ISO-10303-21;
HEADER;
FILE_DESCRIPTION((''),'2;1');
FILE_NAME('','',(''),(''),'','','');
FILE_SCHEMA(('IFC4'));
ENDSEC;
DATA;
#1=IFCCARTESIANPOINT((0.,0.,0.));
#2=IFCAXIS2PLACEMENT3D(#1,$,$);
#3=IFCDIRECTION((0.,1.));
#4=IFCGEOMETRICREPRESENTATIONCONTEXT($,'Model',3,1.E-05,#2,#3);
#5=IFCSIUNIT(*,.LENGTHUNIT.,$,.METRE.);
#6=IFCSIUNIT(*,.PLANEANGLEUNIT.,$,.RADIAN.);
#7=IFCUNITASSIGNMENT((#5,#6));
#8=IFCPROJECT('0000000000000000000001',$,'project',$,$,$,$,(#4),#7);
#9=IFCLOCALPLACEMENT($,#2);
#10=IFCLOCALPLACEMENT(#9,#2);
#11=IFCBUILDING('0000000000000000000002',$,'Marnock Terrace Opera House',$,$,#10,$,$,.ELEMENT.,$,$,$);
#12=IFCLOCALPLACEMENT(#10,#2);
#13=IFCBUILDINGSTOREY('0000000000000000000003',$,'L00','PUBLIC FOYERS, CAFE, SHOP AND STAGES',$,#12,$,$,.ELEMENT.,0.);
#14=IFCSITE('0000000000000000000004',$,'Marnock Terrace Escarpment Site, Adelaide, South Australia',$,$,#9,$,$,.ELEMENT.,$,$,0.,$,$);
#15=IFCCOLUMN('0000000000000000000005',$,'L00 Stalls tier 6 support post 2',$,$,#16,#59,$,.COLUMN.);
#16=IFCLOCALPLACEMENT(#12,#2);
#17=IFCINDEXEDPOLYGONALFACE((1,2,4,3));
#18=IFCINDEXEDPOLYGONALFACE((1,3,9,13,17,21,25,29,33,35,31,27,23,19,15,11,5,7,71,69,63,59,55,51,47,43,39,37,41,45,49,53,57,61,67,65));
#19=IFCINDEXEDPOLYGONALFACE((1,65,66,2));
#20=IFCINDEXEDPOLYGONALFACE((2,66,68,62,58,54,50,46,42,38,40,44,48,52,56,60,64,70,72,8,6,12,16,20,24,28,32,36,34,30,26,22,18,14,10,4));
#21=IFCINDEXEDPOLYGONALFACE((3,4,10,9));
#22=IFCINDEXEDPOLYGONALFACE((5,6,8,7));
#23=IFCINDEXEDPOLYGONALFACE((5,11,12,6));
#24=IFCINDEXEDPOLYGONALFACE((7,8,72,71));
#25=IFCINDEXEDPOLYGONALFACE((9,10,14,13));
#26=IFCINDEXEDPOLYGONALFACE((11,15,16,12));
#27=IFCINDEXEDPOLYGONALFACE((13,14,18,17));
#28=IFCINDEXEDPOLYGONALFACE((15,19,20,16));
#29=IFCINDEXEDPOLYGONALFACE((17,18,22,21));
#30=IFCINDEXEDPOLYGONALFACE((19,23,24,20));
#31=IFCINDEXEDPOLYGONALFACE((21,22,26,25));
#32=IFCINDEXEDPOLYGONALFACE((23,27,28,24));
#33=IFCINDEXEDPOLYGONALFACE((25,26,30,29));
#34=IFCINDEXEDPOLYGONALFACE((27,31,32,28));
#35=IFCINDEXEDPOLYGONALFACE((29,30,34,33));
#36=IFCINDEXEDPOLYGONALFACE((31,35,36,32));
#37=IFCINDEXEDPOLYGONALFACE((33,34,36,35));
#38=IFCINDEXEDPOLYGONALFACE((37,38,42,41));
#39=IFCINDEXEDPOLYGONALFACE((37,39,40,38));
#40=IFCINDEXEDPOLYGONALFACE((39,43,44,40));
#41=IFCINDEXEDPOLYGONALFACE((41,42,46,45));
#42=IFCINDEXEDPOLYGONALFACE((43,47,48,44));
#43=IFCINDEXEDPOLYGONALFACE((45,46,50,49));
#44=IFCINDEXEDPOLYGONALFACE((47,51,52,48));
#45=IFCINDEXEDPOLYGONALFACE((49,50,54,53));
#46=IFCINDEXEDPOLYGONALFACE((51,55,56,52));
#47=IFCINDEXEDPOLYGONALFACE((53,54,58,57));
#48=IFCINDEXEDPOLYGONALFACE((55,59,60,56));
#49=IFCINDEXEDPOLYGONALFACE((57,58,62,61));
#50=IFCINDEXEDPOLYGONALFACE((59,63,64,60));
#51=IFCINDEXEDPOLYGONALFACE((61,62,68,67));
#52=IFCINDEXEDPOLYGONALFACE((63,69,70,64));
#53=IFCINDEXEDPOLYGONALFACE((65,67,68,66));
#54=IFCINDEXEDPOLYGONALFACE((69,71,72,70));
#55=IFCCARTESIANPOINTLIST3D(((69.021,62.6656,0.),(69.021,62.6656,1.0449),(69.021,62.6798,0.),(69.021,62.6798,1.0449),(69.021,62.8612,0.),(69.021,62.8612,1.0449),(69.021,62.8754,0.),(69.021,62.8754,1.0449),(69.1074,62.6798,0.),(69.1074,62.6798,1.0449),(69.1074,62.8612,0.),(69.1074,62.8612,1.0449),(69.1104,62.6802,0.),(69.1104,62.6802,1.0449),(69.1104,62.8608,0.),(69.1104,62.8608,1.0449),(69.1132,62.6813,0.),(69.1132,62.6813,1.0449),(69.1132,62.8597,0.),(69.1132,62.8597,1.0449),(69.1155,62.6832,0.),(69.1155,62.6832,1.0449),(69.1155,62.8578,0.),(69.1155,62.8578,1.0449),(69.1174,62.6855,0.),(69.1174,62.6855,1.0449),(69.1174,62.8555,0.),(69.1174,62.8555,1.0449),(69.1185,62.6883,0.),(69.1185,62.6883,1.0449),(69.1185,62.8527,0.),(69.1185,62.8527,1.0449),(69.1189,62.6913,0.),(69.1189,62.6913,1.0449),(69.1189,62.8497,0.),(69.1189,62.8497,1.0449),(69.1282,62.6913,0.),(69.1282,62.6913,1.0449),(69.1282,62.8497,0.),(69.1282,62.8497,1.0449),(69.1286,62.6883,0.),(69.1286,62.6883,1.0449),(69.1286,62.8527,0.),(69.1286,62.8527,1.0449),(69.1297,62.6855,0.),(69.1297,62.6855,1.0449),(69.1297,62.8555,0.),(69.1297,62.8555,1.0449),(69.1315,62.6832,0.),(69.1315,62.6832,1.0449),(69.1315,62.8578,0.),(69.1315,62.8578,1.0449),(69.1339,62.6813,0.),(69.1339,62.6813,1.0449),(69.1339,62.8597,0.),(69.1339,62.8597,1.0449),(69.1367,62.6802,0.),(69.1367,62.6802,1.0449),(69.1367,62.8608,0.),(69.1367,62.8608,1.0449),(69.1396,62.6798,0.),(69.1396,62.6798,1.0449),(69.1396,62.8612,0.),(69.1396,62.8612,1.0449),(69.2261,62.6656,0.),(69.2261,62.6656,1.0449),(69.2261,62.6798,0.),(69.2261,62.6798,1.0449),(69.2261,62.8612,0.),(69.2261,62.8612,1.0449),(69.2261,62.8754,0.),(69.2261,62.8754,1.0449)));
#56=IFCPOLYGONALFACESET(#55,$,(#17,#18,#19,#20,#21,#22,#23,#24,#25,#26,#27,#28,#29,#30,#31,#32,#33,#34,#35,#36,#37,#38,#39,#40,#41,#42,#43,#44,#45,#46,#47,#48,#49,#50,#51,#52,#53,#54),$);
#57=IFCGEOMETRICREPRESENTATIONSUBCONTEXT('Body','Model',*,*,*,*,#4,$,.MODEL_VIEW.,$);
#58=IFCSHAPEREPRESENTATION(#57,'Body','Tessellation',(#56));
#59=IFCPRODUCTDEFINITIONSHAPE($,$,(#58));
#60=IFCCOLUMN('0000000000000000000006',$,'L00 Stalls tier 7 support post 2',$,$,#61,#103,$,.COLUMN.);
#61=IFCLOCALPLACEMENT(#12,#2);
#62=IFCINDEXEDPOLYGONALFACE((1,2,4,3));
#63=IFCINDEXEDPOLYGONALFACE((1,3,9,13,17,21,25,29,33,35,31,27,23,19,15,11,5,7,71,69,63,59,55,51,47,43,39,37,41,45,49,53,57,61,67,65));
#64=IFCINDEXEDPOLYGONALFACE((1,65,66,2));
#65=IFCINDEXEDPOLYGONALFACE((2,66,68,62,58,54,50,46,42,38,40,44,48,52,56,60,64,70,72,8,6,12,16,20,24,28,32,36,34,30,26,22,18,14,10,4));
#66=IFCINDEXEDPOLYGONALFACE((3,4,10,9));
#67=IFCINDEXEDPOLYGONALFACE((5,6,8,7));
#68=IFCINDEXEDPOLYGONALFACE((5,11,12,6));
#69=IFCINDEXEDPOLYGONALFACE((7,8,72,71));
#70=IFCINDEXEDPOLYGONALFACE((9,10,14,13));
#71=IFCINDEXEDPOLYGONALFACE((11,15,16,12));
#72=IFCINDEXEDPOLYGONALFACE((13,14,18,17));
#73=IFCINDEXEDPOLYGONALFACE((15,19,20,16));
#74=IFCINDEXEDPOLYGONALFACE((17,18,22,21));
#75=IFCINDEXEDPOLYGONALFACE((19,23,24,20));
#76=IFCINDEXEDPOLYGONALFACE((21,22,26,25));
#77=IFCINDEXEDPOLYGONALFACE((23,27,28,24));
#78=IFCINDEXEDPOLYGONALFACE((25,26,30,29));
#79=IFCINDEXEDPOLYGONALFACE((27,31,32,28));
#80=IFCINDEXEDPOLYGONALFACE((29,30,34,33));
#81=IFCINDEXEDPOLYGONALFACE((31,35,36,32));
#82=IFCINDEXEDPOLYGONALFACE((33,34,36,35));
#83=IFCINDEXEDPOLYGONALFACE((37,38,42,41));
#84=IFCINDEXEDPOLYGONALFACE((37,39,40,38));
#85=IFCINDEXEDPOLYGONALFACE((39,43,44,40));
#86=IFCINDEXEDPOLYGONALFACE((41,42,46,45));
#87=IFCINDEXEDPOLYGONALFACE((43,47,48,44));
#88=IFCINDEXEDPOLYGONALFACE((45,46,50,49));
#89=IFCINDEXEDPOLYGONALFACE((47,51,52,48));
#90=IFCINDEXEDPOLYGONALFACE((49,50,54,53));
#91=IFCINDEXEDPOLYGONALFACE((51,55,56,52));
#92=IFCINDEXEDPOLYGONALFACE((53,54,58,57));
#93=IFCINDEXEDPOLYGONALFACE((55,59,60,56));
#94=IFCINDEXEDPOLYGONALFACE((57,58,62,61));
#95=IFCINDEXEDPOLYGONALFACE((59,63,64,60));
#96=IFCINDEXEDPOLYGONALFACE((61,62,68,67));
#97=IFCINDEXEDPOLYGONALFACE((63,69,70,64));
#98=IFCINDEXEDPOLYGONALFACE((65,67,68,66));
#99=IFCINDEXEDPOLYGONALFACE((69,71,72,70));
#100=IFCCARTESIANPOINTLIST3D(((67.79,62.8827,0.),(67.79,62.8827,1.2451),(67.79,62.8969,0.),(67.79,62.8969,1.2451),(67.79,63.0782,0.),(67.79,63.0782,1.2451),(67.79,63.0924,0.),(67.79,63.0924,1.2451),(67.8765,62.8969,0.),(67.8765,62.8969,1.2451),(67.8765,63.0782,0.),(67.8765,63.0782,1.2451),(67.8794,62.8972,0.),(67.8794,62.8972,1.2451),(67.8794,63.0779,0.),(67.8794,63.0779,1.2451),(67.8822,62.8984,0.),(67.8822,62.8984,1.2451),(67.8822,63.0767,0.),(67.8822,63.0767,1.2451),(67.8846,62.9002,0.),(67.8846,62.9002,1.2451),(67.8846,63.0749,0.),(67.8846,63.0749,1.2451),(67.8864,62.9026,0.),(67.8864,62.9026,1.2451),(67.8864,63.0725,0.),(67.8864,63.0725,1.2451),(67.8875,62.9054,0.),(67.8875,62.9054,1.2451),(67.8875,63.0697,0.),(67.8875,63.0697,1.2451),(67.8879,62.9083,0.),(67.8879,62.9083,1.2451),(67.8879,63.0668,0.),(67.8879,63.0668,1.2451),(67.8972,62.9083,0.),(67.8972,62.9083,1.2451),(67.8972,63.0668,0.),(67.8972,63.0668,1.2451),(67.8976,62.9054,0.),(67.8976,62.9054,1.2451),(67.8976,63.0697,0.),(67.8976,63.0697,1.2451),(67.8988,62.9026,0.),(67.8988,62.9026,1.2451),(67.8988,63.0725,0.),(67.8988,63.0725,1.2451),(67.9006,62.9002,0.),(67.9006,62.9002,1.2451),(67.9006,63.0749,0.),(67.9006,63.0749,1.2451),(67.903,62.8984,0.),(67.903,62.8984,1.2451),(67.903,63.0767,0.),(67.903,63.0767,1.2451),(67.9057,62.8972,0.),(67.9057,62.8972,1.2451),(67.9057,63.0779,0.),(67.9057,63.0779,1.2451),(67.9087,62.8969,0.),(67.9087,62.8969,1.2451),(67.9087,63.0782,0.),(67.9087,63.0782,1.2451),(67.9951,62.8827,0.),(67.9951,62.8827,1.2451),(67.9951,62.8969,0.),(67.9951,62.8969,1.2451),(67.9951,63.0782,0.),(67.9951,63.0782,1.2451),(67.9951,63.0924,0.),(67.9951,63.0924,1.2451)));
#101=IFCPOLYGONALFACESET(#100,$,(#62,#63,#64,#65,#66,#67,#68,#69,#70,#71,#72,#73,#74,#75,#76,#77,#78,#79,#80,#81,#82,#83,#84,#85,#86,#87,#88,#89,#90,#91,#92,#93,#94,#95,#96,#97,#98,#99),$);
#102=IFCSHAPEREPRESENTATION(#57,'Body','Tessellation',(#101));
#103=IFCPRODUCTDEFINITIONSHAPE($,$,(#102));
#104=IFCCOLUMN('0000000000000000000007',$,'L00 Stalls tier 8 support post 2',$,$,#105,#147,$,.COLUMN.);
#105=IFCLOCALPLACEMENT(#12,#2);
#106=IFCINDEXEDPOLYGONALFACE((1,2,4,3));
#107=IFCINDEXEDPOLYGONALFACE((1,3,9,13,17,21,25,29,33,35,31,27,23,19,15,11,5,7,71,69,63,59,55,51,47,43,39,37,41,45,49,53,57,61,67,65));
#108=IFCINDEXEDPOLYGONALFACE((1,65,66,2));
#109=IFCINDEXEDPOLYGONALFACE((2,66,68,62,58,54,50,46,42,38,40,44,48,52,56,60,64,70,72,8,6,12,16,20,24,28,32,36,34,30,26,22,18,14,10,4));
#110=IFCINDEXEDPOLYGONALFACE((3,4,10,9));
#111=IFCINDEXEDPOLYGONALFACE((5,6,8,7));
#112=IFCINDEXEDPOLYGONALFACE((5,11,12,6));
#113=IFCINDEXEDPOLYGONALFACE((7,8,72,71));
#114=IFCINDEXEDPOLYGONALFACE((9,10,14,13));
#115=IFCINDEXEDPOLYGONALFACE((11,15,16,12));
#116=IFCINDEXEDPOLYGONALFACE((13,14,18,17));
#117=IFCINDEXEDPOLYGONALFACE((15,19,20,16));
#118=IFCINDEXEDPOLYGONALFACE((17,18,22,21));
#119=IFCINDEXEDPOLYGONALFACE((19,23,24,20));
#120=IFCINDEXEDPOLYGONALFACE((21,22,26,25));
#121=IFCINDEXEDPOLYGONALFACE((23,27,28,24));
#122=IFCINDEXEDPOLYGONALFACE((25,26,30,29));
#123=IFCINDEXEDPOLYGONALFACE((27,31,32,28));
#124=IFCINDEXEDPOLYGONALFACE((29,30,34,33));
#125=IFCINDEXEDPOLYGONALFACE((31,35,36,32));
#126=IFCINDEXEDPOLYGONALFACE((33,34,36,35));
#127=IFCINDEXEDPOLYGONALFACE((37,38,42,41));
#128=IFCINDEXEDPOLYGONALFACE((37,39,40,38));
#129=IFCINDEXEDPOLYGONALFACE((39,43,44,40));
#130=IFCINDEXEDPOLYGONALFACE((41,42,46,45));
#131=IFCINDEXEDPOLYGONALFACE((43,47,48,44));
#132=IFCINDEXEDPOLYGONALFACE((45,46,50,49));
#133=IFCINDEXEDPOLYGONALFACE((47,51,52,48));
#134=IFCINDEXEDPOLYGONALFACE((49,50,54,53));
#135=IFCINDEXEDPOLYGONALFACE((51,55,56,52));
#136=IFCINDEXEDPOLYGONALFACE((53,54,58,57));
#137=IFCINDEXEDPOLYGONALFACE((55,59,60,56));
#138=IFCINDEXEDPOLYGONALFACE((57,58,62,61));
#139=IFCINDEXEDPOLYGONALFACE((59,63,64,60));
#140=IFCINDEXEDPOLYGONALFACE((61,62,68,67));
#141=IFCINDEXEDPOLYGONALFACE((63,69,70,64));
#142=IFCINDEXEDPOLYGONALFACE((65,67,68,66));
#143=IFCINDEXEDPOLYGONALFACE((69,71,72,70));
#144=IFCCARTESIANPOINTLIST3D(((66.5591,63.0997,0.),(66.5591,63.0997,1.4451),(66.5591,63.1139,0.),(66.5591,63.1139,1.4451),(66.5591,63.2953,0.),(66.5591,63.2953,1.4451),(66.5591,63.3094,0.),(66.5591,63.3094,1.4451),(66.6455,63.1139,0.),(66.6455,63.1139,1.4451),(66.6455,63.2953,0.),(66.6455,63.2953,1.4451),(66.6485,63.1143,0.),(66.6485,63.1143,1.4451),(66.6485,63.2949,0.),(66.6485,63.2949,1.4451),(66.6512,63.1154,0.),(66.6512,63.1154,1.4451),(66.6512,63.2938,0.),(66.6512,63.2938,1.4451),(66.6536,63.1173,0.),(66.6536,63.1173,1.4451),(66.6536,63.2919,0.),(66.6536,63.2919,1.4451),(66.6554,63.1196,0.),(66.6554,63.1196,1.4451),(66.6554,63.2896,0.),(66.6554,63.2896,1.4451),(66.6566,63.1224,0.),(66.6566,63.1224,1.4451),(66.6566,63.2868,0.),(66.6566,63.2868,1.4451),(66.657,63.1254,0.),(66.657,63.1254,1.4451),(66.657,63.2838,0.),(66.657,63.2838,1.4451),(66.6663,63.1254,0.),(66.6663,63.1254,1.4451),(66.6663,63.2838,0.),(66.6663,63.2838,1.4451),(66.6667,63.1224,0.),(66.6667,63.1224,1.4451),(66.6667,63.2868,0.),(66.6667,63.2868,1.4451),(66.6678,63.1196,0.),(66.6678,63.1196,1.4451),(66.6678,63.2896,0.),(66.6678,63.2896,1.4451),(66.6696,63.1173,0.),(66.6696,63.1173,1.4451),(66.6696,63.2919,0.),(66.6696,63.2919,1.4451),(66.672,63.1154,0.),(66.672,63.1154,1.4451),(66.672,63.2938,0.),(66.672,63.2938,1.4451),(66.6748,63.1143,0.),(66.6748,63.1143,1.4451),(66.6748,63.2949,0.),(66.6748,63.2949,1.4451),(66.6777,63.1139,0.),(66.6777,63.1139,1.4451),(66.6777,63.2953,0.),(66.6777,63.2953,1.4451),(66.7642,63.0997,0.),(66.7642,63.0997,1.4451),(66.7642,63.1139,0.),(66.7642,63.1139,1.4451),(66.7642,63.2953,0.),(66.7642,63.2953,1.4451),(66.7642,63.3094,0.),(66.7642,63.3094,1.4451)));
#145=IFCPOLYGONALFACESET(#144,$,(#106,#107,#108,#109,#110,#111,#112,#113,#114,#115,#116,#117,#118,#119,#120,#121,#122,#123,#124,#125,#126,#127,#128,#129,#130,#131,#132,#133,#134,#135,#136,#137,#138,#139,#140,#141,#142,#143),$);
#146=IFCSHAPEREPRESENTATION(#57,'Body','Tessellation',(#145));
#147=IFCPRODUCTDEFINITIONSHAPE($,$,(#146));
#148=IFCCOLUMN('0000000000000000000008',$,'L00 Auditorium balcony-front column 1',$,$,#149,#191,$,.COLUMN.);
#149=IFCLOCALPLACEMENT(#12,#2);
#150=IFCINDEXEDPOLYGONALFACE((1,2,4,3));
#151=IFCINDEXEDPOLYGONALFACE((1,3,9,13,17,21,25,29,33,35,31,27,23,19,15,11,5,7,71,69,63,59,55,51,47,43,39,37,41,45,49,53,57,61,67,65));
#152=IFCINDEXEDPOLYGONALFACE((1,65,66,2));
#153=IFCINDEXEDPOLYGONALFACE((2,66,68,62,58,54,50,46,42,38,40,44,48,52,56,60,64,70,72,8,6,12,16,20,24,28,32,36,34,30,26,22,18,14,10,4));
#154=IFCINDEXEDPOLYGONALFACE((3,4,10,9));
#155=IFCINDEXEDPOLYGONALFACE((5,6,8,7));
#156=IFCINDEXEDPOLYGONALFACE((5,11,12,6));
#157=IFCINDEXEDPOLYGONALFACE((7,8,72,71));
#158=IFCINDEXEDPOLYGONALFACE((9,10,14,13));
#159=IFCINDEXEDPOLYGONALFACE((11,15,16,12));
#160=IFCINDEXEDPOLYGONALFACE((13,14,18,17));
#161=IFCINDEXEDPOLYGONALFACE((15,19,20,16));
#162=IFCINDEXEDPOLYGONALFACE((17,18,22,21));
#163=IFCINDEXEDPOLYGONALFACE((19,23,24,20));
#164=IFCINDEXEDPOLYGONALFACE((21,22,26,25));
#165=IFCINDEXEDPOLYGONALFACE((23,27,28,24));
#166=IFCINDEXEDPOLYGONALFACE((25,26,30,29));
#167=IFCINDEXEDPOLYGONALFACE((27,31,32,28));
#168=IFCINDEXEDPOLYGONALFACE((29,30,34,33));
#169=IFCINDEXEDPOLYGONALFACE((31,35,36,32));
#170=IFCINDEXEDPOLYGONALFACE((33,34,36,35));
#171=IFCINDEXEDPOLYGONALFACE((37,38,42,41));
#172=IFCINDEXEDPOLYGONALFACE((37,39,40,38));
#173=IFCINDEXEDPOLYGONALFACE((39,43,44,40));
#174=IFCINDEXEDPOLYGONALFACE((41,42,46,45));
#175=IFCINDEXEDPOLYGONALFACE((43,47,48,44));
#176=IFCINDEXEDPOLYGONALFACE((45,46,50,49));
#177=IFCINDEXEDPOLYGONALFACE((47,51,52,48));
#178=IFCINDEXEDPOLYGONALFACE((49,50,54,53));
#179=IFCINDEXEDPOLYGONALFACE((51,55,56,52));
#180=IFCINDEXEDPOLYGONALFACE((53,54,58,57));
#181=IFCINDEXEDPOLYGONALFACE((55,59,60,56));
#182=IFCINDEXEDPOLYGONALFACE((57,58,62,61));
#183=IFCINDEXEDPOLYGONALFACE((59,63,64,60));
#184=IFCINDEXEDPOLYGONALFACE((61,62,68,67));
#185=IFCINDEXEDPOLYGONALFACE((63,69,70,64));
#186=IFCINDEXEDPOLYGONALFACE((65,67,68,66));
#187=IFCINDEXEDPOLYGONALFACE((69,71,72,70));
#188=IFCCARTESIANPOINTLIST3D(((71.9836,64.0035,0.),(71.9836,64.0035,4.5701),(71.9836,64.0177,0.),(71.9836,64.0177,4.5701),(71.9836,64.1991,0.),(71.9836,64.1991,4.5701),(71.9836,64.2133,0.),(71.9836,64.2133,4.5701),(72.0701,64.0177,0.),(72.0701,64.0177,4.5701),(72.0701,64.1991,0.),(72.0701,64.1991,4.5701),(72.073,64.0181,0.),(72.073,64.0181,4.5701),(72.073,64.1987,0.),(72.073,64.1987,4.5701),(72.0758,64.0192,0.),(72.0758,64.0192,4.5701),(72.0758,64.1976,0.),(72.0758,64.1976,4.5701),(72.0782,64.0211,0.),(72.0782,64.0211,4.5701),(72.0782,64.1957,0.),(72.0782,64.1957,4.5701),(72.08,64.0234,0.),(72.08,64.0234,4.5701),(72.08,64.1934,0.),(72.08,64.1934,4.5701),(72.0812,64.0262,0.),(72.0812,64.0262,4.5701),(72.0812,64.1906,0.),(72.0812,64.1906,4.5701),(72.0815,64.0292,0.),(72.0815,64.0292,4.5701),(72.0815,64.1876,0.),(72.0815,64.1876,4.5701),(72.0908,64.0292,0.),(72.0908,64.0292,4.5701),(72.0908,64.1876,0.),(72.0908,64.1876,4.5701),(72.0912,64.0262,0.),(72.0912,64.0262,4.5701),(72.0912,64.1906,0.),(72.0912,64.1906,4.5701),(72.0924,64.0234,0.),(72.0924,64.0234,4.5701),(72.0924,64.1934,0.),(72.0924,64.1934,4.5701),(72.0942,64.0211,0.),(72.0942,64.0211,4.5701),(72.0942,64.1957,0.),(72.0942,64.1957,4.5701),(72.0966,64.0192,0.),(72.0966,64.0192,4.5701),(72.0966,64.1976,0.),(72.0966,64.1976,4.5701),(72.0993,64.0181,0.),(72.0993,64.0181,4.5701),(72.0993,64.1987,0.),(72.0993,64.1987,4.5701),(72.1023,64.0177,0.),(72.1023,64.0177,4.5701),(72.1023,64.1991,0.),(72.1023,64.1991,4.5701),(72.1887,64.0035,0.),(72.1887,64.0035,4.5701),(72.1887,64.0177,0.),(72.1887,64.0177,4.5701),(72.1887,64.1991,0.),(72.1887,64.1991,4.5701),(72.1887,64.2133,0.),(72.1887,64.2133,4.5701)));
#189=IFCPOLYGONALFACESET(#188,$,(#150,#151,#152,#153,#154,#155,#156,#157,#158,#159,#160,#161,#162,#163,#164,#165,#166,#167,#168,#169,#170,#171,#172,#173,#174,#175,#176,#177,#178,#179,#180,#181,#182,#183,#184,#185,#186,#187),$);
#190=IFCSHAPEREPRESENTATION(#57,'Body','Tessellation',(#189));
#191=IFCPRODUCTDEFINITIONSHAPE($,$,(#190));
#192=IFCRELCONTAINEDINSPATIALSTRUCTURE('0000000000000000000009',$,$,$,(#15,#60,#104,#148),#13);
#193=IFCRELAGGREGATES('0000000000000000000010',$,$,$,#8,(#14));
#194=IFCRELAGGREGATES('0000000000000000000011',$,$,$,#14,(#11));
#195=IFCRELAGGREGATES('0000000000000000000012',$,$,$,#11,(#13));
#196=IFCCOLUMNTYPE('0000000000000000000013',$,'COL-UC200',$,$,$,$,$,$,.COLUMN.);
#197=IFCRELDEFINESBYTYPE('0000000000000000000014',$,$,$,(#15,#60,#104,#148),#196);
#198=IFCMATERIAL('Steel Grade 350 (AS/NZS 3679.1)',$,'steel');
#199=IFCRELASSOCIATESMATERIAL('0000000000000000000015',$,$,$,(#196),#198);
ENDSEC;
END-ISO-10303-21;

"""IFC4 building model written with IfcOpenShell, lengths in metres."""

from ifc_helpers import new_model, si_unit, direction, frame, origin, origin_2d, place, context, subcontext, project, spatial, i_section, extrude, material, material_profile, profile_set, type_object, element, save


model = new_model("IFC4")

# Units and contexts
model_context = context("Model", 3, precision=1e-05, world=origin(), true_north=direction((0.0, 1.0)))
body_context = subcontext(model_context, "Body", "Model", "MODEL_VIEW")
ifc_project = project(units=[si_unit("LENGTHUNIT", "METRE"), si_unit("PLANEANGLEUNIT", "RADIAN")], contexts=[model_context])

# Site, building, storey
site_placement = place(None, origin())
site = spatial("IfcSite", under=ifc_project, at=site_placement, Name="Marnock Terrace Escarpment Site, Adelaide, South Australia", CompositionType="ELEMENT", RefElevation=0.0)
building_placement = place(site_placement, origin())
building = spatial("IfcBuilding", under=site, at=building_placement, Name="Marnock Terrace Opera House", CompositionType="ELEMENT")
storey_placement = place(building_placement, origin())
storey = spatial("IfcBuildingStorey", under=building, at=storey_placement, Name="L00", Description="PUBLIC FOYERS, CAFE, SHOP AND STAGES", CompositionType="ELEMENT", Elevation=0.0)

# Columns
ifc_material_1 = material(Name="Steel Grade 350 (AS/NZS 3679.1)", Category="steel")
ifc_material_profile_1 = material_profile(ifc_material_1, i_section(OverallWidth=0.2051, OverallDepth=0.2097, WebThickness=0.0093, FlangeThickness=0.0142, FilletRadius=0.0115, at=origin_2d()))
ifc_profile_set_1 = profile_set([ifc_material_profile_1], Name="Steel Grade 350 (AS/NZS 3679.1)")
column_type_1 = type_object("IfcColumnType", Name="COL-UC200", PredefinedType="COLUMN", material=ifc_profile_set_1)
column_1_placement = place(storey_placement, frame((69.1235, 62.7705, 0.0), z_axis=(0.0, 0.0, 1.0), x_axis=(1.0, 0.0, 0.0)))
element("IfcColumn", 1, at=column_1_placement, inside=storey, type_object=column_type_1, Name="L00 Stalls tier 6 support post 2", PredefinedType="COLUMN", context=body_context, shape_type="SweptSolid", body=[
    extrude(i_section(OverallWidth=0.2051, OverallDepth=0.2097, WebThickness=0.0093, FlangeThickness=0.0142, FilletRadius=0.0115, at=origin_2d()), origin(), (0.0, 0.0, 1.0), 1.0449),
])
column_2_placement = place(storey_placement, frame((67.8926, 62.9875, 0.0), z_axis=(0.0, 0.0, 1.0), x_axis=(1.0, 0.0, 0.0)))
element("IfcColumn", 2, at=column_2_placement, inside=storey, type_object=column_type_1, Name="L00 Stalls tier 7 support post 2", PredefinedType="COLUMN", context=body_context, shape_type="SweptSolid", body=[
    extrude(i_section(OverallWidth=0.2051, OverallDepth=0.2097, WebThickness=0.0093, FlangeThickness=0.0142, FilletRadius=0.0115, at=origin_2d()), origin(), (0.0, 0.0, 1.0), 1.2451),
])
column_3_placement = place(storey_placement, frame((66.6616, 63.2046, 0.0), z_axis=(0.0, 0.0, 1.0), x_axis=(1.0, 0.0, 0.0)))
element("IfcColumn", 3, at=column_3_placement, inside=storey, type_object=column_type_1, Name="L00 Stalls tier 8 support post 2", PredefinedType="COLUMN", context=body_context, shape_type="SweptSolid", body=[
    extrude(i_section(OverallWidth=0.2051, OverallDepth=0.2097, WebThickness=0.0093, FlangeThickness=0.0142, FilletRadius=0.0115, at=origin_2d()), origin(), (0.0, 0.0, 1.0), 1.4451),
])
column_4_placement = place(storey_placement, frame((72.0862, 64.1084, 0.0), z_axis=(0.0, 0.0, 1.0), x_axis=(1.0, 0.0, 0.0)))
element("IfcColumn", 4, at=column_4_placement, inside=storey, type_object=column_type_1, Name="L00 Auditorium balcony-front column 1", PredefinedType="COLUMN", context=body_context, shape_type="SweptSolid", body=[
    extrude(i_section(OverallWidth=0.2051, OverallDepth=0.2097, WebThickness=0.0093, FlangeThickness=0.0142, FilletRadius=0.0115, at=origin_2d()), origin(), (0.0, 0.0, 1.0), 4.5701),
])

save(model, "model.ifc")
